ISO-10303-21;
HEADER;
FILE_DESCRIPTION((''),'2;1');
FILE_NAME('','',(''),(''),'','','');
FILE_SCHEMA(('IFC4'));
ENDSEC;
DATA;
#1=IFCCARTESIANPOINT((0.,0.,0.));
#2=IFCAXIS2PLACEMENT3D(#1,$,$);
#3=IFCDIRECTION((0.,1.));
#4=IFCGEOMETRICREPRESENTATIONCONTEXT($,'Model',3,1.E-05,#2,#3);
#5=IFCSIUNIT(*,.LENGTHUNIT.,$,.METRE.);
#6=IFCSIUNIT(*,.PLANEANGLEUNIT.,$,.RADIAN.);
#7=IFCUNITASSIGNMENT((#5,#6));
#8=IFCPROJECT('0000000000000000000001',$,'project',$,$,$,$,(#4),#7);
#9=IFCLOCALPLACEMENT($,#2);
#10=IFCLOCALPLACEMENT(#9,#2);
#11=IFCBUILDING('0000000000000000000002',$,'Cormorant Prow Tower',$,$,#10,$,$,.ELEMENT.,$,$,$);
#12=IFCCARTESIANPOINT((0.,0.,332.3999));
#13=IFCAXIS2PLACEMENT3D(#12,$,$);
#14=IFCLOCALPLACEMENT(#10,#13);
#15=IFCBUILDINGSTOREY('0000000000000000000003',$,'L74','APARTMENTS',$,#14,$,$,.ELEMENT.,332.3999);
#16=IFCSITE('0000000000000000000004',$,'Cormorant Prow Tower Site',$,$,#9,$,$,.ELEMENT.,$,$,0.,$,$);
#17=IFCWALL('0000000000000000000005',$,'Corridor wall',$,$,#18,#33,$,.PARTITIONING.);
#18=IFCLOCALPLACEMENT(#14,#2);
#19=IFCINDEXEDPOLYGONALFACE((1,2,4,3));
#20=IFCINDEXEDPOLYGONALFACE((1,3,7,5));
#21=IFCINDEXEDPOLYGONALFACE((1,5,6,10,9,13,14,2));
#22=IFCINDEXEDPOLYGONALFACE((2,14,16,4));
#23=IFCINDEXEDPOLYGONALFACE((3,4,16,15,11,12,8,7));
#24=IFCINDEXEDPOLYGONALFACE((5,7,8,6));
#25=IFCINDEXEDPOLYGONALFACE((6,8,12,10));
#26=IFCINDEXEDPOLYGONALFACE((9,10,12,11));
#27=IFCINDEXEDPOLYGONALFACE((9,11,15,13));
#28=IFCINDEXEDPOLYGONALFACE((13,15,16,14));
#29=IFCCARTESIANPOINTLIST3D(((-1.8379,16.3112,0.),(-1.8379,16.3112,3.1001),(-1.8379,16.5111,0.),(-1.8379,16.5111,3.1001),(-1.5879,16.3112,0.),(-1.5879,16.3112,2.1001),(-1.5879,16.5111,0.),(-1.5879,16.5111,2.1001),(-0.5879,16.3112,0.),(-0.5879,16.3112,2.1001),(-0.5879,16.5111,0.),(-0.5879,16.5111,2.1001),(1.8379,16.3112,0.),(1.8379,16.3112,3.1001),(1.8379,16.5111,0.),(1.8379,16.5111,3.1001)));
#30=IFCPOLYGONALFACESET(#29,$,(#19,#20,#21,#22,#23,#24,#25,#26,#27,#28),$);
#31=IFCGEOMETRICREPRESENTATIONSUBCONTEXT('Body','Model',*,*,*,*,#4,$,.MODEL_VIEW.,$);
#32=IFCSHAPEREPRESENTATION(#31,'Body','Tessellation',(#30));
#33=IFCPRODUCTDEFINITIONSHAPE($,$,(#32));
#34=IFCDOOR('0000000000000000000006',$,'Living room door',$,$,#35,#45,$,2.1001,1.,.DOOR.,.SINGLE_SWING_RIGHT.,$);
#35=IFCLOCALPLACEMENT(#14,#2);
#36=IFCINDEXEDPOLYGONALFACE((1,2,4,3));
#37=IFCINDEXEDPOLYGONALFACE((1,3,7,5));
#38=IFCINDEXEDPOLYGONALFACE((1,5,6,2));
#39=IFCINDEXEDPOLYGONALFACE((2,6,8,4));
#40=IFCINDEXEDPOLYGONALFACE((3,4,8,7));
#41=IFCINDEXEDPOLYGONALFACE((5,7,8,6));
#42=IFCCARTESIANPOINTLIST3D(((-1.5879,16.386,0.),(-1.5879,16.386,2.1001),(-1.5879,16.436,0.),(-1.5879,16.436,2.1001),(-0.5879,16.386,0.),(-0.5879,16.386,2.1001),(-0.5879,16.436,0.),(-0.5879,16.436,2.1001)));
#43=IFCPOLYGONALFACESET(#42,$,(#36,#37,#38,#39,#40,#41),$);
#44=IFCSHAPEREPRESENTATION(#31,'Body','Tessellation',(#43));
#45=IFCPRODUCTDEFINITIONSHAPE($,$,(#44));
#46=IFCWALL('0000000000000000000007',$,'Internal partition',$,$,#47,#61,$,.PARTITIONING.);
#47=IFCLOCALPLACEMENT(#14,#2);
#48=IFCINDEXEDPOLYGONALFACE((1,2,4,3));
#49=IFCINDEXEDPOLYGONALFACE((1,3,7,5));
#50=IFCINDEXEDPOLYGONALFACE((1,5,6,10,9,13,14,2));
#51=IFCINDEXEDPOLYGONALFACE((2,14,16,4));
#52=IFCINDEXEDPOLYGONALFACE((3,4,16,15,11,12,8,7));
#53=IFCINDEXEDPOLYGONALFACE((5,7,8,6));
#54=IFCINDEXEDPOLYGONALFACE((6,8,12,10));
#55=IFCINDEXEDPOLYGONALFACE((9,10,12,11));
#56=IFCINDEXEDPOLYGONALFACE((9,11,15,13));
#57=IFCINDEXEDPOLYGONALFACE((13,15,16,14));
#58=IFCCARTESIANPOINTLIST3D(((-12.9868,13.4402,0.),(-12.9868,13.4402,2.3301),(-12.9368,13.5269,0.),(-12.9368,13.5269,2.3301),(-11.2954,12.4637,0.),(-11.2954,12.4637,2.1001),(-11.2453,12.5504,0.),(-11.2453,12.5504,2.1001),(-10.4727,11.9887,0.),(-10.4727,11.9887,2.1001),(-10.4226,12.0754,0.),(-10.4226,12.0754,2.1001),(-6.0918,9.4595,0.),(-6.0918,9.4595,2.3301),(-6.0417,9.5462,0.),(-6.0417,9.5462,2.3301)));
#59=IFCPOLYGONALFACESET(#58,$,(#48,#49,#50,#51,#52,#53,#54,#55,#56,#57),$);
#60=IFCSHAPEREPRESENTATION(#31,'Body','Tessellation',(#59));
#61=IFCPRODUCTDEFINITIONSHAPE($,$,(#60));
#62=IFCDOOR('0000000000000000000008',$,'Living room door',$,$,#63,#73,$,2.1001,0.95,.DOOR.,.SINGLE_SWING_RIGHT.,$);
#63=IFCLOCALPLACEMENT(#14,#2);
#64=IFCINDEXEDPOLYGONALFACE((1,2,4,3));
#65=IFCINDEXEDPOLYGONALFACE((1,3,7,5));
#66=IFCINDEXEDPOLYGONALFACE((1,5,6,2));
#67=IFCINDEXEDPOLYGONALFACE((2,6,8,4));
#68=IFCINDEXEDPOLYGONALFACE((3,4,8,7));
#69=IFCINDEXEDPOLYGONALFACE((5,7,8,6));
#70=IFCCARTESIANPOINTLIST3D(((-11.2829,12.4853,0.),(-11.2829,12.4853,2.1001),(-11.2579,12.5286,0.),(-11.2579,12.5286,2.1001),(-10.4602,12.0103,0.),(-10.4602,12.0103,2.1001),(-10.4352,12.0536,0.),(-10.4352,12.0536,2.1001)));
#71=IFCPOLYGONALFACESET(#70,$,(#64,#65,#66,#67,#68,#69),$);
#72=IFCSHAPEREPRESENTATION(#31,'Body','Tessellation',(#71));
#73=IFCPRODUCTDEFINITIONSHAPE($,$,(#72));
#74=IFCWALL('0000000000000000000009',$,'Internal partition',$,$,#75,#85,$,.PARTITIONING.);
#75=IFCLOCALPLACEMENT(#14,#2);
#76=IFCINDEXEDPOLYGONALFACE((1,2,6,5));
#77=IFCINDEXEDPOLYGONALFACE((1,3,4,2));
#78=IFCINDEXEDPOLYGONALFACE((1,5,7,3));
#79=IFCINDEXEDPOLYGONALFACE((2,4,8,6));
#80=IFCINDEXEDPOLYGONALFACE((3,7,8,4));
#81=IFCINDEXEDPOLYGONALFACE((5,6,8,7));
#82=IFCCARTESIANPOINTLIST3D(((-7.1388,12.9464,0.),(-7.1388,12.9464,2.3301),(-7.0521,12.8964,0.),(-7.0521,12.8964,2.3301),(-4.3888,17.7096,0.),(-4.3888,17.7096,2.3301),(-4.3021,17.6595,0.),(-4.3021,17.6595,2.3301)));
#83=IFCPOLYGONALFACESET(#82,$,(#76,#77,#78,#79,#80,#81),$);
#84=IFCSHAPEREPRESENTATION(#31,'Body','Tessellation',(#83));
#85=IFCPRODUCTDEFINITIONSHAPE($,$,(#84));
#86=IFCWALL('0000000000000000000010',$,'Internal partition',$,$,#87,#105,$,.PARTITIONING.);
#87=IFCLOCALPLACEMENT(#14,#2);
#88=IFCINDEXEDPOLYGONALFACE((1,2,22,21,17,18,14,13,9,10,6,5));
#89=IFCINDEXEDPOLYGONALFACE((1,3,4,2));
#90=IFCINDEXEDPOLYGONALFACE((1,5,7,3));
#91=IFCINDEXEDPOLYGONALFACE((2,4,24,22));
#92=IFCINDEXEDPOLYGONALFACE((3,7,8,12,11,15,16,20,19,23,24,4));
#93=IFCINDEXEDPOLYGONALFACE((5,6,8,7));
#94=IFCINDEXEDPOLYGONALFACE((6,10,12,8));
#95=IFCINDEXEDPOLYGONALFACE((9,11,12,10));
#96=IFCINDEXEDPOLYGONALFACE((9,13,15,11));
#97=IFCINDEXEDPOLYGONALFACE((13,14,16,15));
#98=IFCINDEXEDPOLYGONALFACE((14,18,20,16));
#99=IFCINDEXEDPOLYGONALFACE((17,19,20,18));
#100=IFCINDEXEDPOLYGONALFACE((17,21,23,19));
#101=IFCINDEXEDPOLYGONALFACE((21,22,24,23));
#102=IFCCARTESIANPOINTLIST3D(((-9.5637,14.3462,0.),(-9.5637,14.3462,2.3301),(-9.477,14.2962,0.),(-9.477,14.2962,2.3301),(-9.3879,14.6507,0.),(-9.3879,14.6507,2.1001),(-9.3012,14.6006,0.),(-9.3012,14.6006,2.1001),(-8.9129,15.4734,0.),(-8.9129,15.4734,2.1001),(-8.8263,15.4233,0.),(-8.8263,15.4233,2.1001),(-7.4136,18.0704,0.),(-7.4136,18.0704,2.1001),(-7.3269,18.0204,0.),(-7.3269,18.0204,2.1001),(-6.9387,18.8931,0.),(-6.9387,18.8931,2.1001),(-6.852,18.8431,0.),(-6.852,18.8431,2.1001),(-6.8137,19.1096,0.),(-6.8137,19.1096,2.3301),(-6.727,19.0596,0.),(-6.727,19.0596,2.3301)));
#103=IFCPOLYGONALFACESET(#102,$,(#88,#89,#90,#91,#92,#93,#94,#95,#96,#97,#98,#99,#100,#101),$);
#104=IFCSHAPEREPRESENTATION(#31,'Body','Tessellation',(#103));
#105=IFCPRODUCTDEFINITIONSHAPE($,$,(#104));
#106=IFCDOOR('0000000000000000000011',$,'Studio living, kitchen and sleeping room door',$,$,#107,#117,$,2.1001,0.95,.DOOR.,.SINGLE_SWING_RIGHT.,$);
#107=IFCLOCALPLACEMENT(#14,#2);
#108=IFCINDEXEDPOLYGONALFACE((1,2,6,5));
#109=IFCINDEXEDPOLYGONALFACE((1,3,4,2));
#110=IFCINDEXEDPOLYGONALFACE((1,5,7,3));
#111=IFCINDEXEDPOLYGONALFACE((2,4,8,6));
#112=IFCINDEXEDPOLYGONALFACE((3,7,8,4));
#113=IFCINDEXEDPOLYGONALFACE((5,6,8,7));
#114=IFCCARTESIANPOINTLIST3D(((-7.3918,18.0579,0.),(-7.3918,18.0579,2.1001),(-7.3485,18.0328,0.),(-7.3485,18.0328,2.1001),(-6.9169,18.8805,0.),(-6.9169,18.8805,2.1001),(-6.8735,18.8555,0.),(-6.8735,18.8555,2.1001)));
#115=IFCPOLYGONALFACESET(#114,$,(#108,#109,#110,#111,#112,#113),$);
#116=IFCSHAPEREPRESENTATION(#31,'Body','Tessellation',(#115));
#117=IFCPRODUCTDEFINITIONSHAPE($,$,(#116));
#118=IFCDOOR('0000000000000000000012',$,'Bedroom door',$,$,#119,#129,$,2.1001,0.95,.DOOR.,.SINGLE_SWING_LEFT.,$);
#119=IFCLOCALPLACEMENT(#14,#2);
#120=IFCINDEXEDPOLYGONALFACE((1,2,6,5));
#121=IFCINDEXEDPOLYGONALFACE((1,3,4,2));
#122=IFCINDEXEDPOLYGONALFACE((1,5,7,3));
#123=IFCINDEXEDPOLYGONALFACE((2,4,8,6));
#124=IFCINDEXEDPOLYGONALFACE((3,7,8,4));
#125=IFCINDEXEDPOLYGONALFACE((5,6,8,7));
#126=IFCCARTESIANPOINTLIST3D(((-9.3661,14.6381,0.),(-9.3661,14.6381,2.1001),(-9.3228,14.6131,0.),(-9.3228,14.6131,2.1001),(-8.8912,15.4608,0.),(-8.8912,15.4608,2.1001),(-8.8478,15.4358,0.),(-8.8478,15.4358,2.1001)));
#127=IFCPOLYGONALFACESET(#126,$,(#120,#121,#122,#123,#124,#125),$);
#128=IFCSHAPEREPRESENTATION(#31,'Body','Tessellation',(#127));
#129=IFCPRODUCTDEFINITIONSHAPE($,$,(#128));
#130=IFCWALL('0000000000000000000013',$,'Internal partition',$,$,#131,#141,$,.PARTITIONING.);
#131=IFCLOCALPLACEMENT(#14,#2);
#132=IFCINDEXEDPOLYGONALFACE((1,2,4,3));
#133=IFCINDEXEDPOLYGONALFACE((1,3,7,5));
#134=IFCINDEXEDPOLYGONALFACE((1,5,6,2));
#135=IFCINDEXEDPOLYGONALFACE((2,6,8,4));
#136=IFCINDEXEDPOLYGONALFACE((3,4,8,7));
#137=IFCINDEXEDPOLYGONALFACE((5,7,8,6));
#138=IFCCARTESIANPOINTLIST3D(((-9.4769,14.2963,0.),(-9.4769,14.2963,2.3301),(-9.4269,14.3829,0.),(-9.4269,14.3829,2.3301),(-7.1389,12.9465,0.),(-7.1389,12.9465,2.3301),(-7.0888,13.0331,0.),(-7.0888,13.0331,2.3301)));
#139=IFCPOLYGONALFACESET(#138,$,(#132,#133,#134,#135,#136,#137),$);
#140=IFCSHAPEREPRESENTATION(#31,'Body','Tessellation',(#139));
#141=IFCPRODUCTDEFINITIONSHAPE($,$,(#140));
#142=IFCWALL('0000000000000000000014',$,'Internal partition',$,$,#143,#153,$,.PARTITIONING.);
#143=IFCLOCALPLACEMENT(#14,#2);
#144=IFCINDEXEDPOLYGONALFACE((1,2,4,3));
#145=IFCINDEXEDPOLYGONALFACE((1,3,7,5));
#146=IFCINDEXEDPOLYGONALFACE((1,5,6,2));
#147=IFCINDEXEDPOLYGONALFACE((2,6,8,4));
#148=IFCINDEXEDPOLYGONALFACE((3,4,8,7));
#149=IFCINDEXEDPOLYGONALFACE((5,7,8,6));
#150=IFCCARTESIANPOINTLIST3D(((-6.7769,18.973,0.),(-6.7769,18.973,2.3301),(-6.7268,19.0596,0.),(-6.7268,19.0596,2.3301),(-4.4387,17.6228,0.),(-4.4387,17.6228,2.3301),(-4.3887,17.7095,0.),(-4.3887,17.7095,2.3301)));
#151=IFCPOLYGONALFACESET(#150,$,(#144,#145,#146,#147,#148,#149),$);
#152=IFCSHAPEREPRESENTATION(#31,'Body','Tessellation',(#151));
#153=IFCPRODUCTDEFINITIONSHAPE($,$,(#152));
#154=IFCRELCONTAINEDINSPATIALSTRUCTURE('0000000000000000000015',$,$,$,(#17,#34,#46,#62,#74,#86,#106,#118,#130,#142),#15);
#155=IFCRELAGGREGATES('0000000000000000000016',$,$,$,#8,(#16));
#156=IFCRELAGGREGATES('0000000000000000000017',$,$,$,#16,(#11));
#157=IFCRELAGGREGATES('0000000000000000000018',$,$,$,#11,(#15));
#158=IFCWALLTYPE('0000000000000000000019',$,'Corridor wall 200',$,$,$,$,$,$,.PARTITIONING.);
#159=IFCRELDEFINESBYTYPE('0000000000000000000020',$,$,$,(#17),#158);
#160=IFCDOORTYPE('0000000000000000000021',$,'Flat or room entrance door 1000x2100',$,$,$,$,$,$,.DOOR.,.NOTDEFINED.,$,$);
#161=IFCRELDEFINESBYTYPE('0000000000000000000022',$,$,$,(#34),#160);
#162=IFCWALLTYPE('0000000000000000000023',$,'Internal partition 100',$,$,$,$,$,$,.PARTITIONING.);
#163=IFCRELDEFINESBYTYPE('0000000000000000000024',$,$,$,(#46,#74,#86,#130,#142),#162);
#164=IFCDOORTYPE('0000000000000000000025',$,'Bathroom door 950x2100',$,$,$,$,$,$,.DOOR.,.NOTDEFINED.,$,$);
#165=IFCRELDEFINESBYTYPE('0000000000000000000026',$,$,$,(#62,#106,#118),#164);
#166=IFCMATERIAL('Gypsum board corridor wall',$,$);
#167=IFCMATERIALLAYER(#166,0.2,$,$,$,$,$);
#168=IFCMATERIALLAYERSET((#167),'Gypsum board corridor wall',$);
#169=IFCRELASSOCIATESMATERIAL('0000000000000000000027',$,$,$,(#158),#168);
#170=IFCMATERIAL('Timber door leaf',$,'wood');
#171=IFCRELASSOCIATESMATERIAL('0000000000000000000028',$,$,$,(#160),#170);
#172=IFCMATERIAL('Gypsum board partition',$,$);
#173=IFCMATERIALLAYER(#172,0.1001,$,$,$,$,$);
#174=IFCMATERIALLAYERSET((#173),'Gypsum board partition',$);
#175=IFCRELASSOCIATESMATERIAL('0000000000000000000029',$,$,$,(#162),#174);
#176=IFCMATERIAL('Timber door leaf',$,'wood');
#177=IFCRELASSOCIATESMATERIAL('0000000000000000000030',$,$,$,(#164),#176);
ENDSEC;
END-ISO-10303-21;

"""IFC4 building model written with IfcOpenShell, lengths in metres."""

from ifc_helpers import new_model, si_unit, direction, frame, frame_2d, origin, place, context, subcontext, project, spatial, rectangle, extrude, material, layer, layer_set, type_object, element, fill, save


model = new_model("IFC4")

# Units and contexts
model_context = context("Model", 3, precision=1e-05, world=origin(), true_north=direction((0.0, 1.0)))
body_context = subcontext(model_context, "Body", "Model", "MODEL_VIEW")
ifc_project = project(units=[si_unit("LENGTHUNIT", "METRE"), si_unit("PLANEANGLEUNIT", "RADIAN")], contexts=[model_context])

# Site, building, storey
site_placement = place(None, origin())
site = spatial("IfcSite", under=ifc_project, at=site_placement, Name="Cormorant Prow Tower Site", CompositionType="ELEMENT", RefElevation=0.0)
building_placement = place(site_placement, origin())
building = spatial("IfcBuilding", under=site, at=building_placement, Name="Cormorant Prow Tower", CompositionType="ELEMENT")
storey_placement = place(building_placement, frame((0.0, 0.0, 332.3999)))
storey = spatial("IfcBuildingStorey", under=building, at=storey_placement, Name="L74", Description="APARTMENTS", CompositionType="ELEMENT", Elevation=332.3999)

# Walls, openings, doors
ifc_material_1 = material(Name="Gypsum board corridor wall")
ifc_layer_1 = layer(ifc_material_1, 0.2)
ifc_layer_set_1 = layer_set([ifc_layer_1], Name="Gypsum board corridor wall")
wall_type_1 = type_object("IfcWallType", Name="Corridor wall 200", PredefinedType="PARTITIONING", material=ifc_layer_set_1)
ifc_material_2 = material(Name="Timber door leaf", Category="wood")
door_type_1 = type_object("IfcDoorType", Name="Flat or room entrance door 1000x2100", OperationType="NOTDEFINED", PredefinedType="DOOR", material=ifc_material_2)
wall_1_placement = place(storey_placement, frame((-1.8379, 16.4111, 0.0), z_axis=(0.0, 0.0, 1.0), x_axis=(1.0, 0.0, 0.0)))
wall_1 = element("IfcWall", 1, at=wall_1_placement, inside=storey, type_object=wall_type_1, Name="Corridor wall", PredefinedType="PARTITIONING", context=body_context, shape_type="SweptSolid", body=[
    extrude(rectangle(XDim=3.6758, YDim=0.2, at=frame_2d((1.8379, 0.0))), origin(), (0.0, 0.0, 1.0), 3.1001),
])
opening_1_placement = place(wall_1_placement, frame((0.25, 0.0, 0.0)))
opening_1 = element("IfcOpeningElement", 2, at=opening_1_placement, cuts=wall_1, PredefinedType="OPENING", context=body_context, shape_type="SweptSolid", body=[
    extrude(rectangle(XDim=1.0, YDim=2.1001, at=frame_2d((0.5, 1.05))), frame((0.0, 0.1099, 0.0), z_axis=(0.0, -1.0, 0.0), x_axis=(1.0, 0.0, 0.0)), (0.0, 0.0, 1.0), 0.22),
])
door_1_placement = place(opening_1_placement, origin())
door_1 = element("IfcDoor", 3, at=door_1_placement, inside=storey, type_object=door_type_1, Name="Living room door", OperationType="SINGLE_SWING_RIGHT", OverallHeight=2.1001, OverallWidth=1.0, PredefinedType="DOOR", context=body_context, shape_type="SweptSolid", body=[
    extrude(rectangle(XDim=1.0, YDim=2.1001, at=frame_2d((0.5, 1.05))), frame((0.0, 0.0249, 0.0), z_axis=(0.0, -1.0, 0.0), x_axis=(1.0, 0.0, 0.0)), (0.0, 0.0, 1.0), 0.05),
])
fill(opening_1, door_1)
ifc_material_3 = material(Name="Gypsum board partition")
ifc_layer_2 = layer(ifc_material_3, 0.1001)
ifc_layer_set_2 = layer_set([ifc_layer_2], Name="Gypsum board partition")
wall_type_2 = type_object("IfcWallType", Name="Internal partition 100", PredefinedType="PARTITIONING", material=ifc_layer_set_2)
wall_2_placement = place(storey_placement, frame((-12.9619, 13.4836, 0.0), z_axis=(0.0, 0.0, 1.0), x_axis=(0.866032, -0.499988, 0.0)))
wall_2 = element("IfcWall", 4, at=wall_2_placement, inside=storey, type_object=wall_type_2, Name="Internal partition", PredefinedType="PARTITIONING", context=body_context, shape_type="SweptSolid", body=[
    extrude(rectangle(XDim=7.9617, YDim=0.1001, at=frame_2d((3.981, 0.0))), origin(), (0.0, 0.0, 1.0), 2.3301),
])
opening_2_placement = place(wall_2_placement, frame((1.9531, 0.0, 0.0)))
opening_2 = element("IfcOpeningElement", 5, at=opening_2_placement, cuts=wall_2, PredefinedType="OPENING", context=body_context, shape_type="SweptSolid", body=[
    extrude(rectangle(XDim=0.95, YDim=2.1001, at=frame_2d((0.4751, 1.05))), frame((0.0, 0.0601, 0.0), z_axis=(0.0, -1.0, 0.0), x_axis=(1.0, 0.0, 0.0)), (0.0, 0.0, 1.0), 0.1201),
])
ifc_material_4 = material(Name="Timber door leaf", Category="wood")
door_type_2 = type_object("IfcDoorType", Name="Bathroom door 950x2100", OperationType="NOTDEFINED", PredefinedType="DOOR", material=ifc_material_4)
door_2_placement = place(opening_2_placement, origin())
door_2 = element("IfcDoor", 6, at=door_2_placement, inside=storey, type_object=door_type_2, Name="Living room door", OperationType="SINGLE_SWING_RIGHT", OverallHeight=2.1001, OverallWidth=0.95, PredefinedType="DOOR", context=body_context, shape_type="SweptSolid", body=[
    extrude(rectangle(XDim=0.95, YDim=2.1001, at=frame_2d((0.4751, 1.05))), frame((0.0, 0.0249, 0.0), z_axis=(0.0, -1.0, 0.0), x_axis=(1.0, 0.0, 0.0)), (0.0, 0.0, 1.0), 0.05),
])
fill(opening_2, door_2)

# Wall
wall_3_placement = place(storey_placement, frame((-7.0955, 12.9214, 0.0), z_axis=(0.0, 0.0, 1.0), x_axis=(0.499997, 0.866027, 0.0)))
element("IfcWall", 7, at=wall_3_placement, inside=storey, type_object=wall_type_2, Name="Internal partition", PredefinedType="PARTITIONING", context=body_context, shape_type="SweptSolid", body=[
    extrude(rectangle(XDim=5.5, YDim=0.1001, at=frame_2d((2.75, 0.0))), origin(), (0.0, 0.0, 1.0), 2.3301),
])

# Wall, openings, doors
wall_4_placement = place(storey_placement, frame((-9.5203, 14.3213, 0.0), z_axis=(0.0, 0.0, 1.0), x_axis=(0.499977, 0.866038, 0.0)))
wall_4 = element("IfcWall", 8, at=wall_4_placement, inside=storey, type_object=wall_type_2, Name="Internal partition", PredefinedType="PARTITIONING", context=body_context, shape_type="SweptSolid", body=[
    extrude(rectangle(XDim=5.5002, YDim=0.1001, at=frame_2d((2.75, 0.0))), origin(), (0.0, 0.0, 1.0), 2.3301),
])
opening_3_placement = place(wall_4_placement, frame((4.3, 0.0, 0.0)))
opening_3 = element("IfcOpeningElement", 9, at=opening_3_placement, cuts=wall_4, PredefinedType="OPENING", context=body_context, shape_type="SweptSolid", body=[
    extrude(rectangle(XDim=0.95, YDim=2.1001, at=frame_2d((0.4751, 1.05))), frame((0.0, 0.0601, 0.0), z_axis=(0.0, -1.0, 0.0), x_axis=(1.0, 0.0, 0.0)), (0.0, 0.0, 1.0), 0.1201),
])
opening_4_placement = place(wall_4_placement, frame((0.3513, 0.0, 0.0)))
opening_4 = element("IfcOpeningElement", 10, at=opening_4_placement, cuts=wall_4, PredefinedType="OPENING", context=body_context, shape_type="SweptSolid", body=[
    extrude(rectangle(XDim=0.95, YDim=2.1001, at=frame_2d((0.4751, 1.05))), frame((0.0, 0.0601, 0.0), z_axis=(0.0, -1.0, 0.0), x_axis=(1.0, 0.0, 0.0)), (0.0, 0.0, 1.0), 0.1201),
])
door_3_placement = place(opening_3_placement, origin())
door_3 = element("IfcDoor", 11, at=door_3_placement, inside=storey, type_object=door_type_2, Name="Studio living, kitchen and sleeping room door", OperationType="SINGLE_SWING_RIGHT", OverallHeight=2.1001, OverallWidth=0.95, PredefinedType="DOOR", context=body_context, shape_type="SweptSolid", body=[
    extrude(rectangle(XDim=0.95, YDim=2.1001, at=frame_2d((0.4751, 1.05))), frame((0.0, 0.0249, 0.0), z_axis=(0.0, -1.0, 0.0), x_axis=(1.0, 0.0, 0.0)), (0.0, 0.0, 1.0), 0.05),
])
fill(opening_3, door_3)
door_4_placement = place(opening_4_placement, origin())
door_4 = element("IfcDoor", 12, at=door_4_placement, inside=storey, type_object=door_type_2, Name="Bedroom door", OperationType="SINGLE_SWING_LEFT", OverallHeight=2.1001, OverallWidth=0.95, PredefinedType="DOOR", context=body_context, shape_type="SweptSolid", body=[
    extrude(rectangle(XDim=0.95, YDim=2.1001, at=frame_2d((0.4751, 1.05))), frame((0.0, 0.0249, 0.0), z_axis=(0.0, -1.0, 0.0), x_axis=(1.0, 0.0, 0.0)), (0.0, 0.0, 1.0), 0.05),
])
fill(opening_4, door_4)

# Walls
wall_5_placement = place(storey_placement, frame((-9.4519, 14.3396, 0.0), z_axis=(0.0, 0.0, 1.0), x_axis=(0.866037, -0.499981, 0.0)))
element("IfcWall", 13, at=wall_5_placement, inside=storey, type_object=wall_type_2, Name="Internal partition", PredefinedType="PARTITIONING", context=body_context, shape_type="SweptSolid", body=[
    extrude(rectangle(XDim=2.6997, YDim=0.1001, at=frame_2d((1.3499, 0.0))), origin(), (0.0, 0.0, 1.0), 2.3301),
])
wall_6_placement = place(storey_placement, frame((-6.752, 19.0164, 0.0), z_axis=(0.0, 0.0, 1.0), x_axis=(0.865997, -0.500049, 0.0)))
element("IfcWall", 14, at=wall_6_placement, inside=storey, type_object=wall_type_2, Name="Internal partition", PredefinedType="PARTITIONING", context=body_context, shape_type="SweptSolid", body=[
    extrude(rectangle(XDim=2.7, YDim=0.1001, at=frame_2d((1.3501, 0.0))), origin(), (0.0, 0.0, 1.0), 2.3301),
])

save(model, "model.ifc")
